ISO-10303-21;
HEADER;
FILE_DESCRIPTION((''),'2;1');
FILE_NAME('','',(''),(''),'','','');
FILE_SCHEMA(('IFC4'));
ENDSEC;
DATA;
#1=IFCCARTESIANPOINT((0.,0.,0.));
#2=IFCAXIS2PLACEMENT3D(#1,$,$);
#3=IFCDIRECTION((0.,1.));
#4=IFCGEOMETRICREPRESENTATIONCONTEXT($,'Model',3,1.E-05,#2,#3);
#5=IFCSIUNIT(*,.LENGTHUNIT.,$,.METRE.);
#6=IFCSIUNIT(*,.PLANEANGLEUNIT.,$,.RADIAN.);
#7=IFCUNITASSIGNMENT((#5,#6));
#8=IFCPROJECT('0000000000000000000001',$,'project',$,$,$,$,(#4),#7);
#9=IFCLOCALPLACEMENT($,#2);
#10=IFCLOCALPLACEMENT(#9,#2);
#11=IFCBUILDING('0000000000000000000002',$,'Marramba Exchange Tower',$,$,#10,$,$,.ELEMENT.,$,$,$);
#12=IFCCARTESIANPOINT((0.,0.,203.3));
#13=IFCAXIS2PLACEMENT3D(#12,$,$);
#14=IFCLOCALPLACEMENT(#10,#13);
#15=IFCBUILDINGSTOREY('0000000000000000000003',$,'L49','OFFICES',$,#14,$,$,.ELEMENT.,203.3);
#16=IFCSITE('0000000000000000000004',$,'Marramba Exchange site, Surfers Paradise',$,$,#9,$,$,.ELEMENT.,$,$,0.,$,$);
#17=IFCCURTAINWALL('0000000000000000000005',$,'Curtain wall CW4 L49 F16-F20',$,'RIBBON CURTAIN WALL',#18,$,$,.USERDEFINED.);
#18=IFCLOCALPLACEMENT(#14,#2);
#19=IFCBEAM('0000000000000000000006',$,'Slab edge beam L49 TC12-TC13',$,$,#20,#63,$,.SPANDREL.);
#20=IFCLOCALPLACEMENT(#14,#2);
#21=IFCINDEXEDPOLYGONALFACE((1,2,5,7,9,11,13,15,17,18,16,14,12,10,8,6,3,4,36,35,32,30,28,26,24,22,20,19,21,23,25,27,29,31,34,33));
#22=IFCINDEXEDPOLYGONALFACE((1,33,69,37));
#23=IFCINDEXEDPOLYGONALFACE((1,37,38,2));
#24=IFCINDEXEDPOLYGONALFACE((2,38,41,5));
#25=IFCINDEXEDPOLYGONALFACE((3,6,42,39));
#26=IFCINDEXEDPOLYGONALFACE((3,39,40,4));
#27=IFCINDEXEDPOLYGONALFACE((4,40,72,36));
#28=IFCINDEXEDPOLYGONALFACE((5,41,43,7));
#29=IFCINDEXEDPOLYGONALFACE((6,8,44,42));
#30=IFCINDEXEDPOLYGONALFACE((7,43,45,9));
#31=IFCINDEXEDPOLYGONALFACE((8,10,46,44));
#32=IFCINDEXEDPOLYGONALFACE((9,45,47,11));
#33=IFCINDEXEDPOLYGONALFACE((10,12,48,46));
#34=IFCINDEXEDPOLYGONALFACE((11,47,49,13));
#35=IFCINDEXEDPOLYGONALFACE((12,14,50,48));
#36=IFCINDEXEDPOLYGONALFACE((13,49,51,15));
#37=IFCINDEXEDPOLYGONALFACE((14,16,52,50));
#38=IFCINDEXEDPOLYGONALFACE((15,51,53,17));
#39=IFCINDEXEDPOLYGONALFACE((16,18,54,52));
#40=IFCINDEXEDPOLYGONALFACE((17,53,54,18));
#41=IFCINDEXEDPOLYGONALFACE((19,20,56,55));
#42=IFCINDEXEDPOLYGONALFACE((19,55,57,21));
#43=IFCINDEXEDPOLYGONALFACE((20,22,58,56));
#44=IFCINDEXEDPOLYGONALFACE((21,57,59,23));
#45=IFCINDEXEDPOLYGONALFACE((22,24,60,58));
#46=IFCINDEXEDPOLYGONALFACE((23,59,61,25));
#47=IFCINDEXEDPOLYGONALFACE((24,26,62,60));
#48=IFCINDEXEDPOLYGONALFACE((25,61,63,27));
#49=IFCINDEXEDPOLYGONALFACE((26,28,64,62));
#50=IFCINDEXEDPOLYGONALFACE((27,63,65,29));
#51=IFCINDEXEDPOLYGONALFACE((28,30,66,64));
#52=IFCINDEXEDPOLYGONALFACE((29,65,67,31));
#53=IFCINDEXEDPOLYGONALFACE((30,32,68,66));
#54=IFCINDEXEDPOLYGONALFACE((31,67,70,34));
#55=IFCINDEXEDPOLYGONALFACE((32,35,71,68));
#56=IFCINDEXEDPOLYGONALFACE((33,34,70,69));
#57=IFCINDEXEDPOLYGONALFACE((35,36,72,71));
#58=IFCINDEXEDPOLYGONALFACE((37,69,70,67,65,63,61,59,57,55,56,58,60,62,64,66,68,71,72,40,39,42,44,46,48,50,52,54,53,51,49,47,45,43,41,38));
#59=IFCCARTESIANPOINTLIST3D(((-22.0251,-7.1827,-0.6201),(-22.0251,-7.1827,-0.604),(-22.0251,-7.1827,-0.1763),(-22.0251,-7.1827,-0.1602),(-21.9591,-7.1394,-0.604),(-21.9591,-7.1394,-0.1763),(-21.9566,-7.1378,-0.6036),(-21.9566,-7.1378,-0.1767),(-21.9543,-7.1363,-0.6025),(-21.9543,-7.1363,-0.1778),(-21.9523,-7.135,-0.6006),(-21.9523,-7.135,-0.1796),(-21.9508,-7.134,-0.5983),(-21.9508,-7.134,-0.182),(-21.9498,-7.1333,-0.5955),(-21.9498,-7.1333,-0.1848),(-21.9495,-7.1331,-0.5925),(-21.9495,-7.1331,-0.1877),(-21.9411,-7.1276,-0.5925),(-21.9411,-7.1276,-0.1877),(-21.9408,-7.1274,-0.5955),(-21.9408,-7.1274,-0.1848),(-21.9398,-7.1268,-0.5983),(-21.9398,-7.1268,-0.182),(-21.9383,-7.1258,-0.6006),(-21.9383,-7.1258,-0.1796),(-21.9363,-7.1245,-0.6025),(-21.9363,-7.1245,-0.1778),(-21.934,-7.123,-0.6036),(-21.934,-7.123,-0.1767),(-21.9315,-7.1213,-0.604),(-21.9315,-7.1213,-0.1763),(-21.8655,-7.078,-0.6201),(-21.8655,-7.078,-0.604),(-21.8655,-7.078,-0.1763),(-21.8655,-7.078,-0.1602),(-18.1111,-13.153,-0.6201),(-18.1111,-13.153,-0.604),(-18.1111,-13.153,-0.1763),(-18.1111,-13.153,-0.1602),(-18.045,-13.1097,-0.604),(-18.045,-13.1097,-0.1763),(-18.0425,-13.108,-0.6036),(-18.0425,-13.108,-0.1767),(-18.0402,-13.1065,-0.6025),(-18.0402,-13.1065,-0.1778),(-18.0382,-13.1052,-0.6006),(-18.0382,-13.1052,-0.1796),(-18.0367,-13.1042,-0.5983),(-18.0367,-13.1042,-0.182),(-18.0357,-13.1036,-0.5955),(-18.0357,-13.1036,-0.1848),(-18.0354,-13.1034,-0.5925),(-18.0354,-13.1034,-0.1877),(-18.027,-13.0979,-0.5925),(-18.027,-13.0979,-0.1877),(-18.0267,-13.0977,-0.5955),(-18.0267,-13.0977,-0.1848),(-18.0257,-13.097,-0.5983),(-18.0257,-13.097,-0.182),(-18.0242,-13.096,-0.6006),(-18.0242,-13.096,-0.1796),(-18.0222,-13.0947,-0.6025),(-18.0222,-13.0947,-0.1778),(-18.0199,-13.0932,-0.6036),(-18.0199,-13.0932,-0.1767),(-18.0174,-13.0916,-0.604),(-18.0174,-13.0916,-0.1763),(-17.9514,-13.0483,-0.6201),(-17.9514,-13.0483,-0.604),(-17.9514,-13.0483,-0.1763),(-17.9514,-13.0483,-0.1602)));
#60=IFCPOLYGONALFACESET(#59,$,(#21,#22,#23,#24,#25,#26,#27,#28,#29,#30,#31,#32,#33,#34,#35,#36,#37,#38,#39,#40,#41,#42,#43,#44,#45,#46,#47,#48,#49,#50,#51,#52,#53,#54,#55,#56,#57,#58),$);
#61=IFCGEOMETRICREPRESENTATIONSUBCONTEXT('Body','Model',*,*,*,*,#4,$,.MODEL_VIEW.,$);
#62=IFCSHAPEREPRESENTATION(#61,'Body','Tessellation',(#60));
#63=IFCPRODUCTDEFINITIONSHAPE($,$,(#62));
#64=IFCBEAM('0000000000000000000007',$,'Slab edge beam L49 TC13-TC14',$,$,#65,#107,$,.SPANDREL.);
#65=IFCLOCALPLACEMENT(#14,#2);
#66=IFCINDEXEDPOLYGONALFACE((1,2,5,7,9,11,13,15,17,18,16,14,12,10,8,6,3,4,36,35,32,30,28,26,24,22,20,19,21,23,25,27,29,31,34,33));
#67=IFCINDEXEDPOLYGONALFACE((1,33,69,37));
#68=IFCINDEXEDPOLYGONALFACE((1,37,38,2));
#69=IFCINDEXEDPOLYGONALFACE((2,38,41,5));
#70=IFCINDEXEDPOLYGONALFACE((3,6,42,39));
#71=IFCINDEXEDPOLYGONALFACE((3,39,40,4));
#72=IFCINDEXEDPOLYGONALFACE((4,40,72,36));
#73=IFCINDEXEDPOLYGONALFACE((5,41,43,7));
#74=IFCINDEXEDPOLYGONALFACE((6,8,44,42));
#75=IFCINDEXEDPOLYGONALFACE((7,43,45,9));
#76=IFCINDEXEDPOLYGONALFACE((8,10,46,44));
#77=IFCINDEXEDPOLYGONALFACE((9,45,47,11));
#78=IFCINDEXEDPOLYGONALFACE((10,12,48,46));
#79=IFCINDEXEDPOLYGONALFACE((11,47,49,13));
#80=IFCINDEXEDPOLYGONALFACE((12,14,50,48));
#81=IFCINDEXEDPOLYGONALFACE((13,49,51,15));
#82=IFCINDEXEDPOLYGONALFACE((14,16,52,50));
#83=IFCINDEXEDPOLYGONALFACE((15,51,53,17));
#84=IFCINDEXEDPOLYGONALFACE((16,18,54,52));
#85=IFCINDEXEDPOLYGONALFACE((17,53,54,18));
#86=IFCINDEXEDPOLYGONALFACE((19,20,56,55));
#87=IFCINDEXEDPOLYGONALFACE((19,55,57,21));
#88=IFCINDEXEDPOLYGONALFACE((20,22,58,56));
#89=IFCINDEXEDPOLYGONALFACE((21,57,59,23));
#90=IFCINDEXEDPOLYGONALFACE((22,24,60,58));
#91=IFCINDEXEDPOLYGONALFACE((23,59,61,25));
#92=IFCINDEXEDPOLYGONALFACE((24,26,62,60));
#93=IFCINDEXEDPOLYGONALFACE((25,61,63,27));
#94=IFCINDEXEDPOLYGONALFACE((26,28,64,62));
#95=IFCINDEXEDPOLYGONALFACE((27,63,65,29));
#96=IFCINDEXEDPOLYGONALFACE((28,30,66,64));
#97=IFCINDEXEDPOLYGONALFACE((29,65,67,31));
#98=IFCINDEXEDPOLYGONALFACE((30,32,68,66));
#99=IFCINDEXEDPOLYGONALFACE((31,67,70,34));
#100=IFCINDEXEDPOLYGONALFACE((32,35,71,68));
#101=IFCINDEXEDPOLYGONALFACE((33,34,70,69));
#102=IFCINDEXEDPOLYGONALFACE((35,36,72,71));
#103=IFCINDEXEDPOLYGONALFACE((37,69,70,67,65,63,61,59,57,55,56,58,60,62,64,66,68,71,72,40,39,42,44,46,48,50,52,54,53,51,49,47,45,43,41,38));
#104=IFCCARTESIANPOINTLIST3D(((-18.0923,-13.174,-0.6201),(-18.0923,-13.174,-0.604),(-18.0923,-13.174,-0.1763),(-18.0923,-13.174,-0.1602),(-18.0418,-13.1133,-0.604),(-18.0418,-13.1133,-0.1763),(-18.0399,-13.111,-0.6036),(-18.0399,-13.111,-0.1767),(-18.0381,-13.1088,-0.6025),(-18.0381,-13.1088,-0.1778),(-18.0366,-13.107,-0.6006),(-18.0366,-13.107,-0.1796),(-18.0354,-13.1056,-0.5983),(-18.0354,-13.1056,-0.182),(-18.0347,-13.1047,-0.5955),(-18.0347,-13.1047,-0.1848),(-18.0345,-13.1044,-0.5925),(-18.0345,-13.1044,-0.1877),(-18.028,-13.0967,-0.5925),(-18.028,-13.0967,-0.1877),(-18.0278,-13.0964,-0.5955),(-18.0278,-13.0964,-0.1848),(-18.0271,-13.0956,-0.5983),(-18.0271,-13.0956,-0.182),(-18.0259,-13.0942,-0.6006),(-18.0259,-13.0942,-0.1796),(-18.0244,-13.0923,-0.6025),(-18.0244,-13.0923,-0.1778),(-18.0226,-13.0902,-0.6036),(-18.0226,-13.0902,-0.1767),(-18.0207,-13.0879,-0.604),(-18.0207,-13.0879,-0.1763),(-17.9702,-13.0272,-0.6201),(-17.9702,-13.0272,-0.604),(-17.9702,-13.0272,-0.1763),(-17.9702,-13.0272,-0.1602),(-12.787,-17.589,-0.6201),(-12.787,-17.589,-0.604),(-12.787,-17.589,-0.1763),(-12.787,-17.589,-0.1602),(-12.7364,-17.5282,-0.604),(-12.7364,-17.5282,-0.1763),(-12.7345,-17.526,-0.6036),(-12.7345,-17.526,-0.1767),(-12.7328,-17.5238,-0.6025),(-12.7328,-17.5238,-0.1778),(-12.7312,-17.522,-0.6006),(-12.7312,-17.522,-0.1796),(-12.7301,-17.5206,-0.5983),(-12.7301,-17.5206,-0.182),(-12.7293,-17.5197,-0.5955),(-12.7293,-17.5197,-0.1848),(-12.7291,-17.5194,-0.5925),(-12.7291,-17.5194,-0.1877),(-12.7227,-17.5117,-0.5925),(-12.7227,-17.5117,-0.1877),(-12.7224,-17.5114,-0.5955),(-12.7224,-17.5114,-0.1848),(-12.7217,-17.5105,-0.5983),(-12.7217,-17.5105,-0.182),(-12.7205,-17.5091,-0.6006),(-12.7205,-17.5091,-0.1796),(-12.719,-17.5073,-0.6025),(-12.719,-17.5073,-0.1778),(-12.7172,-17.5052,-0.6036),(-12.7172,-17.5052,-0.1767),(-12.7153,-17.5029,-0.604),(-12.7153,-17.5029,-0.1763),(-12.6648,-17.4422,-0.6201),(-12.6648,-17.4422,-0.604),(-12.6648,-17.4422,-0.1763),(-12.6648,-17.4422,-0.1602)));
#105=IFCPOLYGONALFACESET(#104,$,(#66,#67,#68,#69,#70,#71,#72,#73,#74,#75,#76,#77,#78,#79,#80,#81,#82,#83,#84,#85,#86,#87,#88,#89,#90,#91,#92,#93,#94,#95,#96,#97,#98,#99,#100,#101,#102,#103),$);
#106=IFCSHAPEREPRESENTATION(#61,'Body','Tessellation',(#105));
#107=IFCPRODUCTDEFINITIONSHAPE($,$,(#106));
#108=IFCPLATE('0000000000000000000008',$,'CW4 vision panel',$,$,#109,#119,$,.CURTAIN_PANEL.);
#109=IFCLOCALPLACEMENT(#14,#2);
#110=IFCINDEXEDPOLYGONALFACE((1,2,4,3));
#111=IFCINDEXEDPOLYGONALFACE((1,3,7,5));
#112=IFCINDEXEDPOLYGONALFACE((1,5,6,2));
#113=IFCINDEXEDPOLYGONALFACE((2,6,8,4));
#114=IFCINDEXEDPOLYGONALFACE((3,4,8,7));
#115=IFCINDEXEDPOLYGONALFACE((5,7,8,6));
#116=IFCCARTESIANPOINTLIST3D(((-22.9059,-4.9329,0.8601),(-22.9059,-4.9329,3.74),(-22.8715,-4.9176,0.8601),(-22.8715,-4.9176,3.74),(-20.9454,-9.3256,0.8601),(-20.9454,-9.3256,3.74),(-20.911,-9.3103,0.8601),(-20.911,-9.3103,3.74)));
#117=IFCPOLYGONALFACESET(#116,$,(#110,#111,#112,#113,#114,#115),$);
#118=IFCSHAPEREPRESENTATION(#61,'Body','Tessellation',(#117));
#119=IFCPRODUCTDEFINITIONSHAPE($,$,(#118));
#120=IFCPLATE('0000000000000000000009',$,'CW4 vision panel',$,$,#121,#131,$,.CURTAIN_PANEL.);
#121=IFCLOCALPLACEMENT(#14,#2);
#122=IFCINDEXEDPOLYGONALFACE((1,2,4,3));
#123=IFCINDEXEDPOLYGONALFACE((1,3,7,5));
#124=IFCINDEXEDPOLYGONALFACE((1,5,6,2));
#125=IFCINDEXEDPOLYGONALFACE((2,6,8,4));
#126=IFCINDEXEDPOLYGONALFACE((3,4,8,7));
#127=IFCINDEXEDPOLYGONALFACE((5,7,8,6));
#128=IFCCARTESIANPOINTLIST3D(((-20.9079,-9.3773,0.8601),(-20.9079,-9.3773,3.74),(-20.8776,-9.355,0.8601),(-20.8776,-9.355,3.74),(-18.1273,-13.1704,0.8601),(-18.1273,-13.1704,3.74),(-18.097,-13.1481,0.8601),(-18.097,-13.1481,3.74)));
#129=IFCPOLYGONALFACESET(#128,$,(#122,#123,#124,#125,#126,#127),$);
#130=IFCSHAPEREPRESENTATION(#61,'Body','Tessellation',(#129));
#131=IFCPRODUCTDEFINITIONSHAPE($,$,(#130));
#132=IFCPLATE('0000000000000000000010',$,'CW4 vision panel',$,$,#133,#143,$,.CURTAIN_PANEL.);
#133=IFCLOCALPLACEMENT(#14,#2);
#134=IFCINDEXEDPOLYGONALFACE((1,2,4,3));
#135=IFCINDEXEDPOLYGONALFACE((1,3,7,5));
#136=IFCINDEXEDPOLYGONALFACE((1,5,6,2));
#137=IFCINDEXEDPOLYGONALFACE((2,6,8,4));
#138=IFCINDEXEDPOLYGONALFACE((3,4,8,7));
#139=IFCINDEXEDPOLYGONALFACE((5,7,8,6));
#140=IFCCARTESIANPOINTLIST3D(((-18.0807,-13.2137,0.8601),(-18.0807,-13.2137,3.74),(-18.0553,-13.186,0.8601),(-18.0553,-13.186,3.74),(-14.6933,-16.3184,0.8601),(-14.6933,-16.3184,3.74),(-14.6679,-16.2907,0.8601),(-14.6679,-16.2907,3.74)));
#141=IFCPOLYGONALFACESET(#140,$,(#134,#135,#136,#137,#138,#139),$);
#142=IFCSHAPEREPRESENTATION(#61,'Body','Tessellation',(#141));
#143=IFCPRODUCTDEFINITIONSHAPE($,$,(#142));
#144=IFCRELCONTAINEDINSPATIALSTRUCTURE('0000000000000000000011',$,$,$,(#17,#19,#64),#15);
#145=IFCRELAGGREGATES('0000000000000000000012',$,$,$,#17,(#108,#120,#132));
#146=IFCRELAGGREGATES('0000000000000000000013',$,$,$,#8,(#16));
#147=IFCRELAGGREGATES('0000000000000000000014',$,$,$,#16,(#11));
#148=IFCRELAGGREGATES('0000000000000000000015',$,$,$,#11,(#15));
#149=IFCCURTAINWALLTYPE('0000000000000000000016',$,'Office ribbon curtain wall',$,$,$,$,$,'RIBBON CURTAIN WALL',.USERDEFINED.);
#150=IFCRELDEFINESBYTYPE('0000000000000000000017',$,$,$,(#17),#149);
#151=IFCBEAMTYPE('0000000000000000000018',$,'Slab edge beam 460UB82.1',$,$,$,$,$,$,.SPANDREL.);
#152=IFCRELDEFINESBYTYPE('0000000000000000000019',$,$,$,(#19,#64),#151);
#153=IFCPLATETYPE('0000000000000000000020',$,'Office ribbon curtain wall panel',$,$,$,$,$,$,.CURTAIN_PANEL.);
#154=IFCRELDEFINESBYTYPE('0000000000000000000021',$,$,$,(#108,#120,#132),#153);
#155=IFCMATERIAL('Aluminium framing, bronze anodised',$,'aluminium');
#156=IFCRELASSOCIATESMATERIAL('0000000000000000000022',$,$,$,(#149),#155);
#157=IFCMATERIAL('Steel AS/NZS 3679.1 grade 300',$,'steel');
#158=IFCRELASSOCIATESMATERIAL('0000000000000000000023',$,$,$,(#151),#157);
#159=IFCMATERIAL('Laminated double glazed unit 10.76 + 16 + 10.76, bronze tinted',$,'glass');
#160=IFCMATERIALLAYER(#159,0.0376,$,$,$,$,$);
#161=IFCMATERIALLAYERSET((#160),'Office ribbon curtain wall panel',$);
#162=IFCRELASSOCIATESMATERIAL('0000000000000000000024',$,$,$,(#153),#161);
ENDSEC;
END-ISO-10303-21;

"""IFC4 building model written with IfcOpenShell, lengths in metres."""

from ifc_helpers import new_model, si_unit, direction, frame, origin, origin_2d, place, context, subcontext, project, spatial, rectangle, i_section, extrude, material, layer, layer_set, material_profile, profile_set, type_object, element, aggregate, save


model = new_model("IFC4")

# Units and contexts
model_context = context("Model", 3, precision=1e-05, world=origin(), true_north=direction((0.0, 1.0)))
body_context = subcontext(model_context, "Body", "Model", "MODEL_VIEW")
ifc_project = project(units=[si_unit("LENGTHUNIT", "METRE"), si_unit("PLANEANGLEUNIT", "RADIAN")], contexts=[model_context])

# Site, building, storey
site_placement = place(None, origin())
site = spatial("IfcSite", under=ifc_project, at=site_placement, Name="Marramba Exchange site, Surfers Paradise", CompositionType="ELEMENT", RefElevation=0.0)
building_placement = place(site_placement, origin())
building = spatial("IfcBuilding", under=site, at=building_placement, Name="Marramba Exchange Tower", CompositionType="ELEMENT")
storey_placement = place(building_placement, frame((0.0, 0.0, 203.3)))
storey = spatial("IfcBuildingStorey", under=building, at=storey_placement, Name="L49", Description="OFFICES", CompositionType="ELEMENT", Elevation=203.3)

# Curtain wall
ifc_material_1 = material(Name="Aluminium framing, bronze anodised", Category="aluminium")
curtain_wall_type = type_object("IfcCurtainWallType", Name="Office ribbon curtain wall", ElementType="RIBBON CURTAIN WALL", PredefinedType="USERDEFINED", material=ifc_material_1)
curtain_wall_placement = place(storey_placement, origin())
curtain_wall = element("IfcCurtainWall", 1, at=curtain_wall_placement, inside=storey, type_object=curtain_wall_type, Name="Curtain wall CW4 L49 F16-F20", ObjectType="RIBBON CURTAIN WALL", PredefinedType="USERDEFINED")

# Beams
ifc_material_2 = material(Name="Steel AS/NZS 3679.1 grade 300", Category="steel")
ifc_material_profile_1 = material_profile(ifc_material_2, i_section(OverallWidth=0.1909, OverallDepth=0.46, WebThickness=0.01, FlangeThickness=0.0161, FilletRadius=0.0115, at=origin_2d()), Name="460UB82.1")
ifc_profile_set_1 = profile_set([ifc_material_profile_1], Name="Steel AS/NZS 3679.1 grade 300")
beam_type_1 = type_object("IfcBeamType", Name="Slab edge beam 460UB82.1", PredefinedType="SPANDREL", material=ifc_profile_set_1)
beam_1_placement = place(storey_placement, frame((-21.9453, -7.1304, -0.3901), z_axis=(0.548275, -0.836298, 0.0), x_axis=(0.836298, 0.548275, 0.0)))
element("IfcBeam", 2, at=beam_1_placement, inside=storey, type_object=beam_type_1, Name="Slab edge beam L49 TC12-TC13", PredefinedType="SPANDREL", context=body_context, shape_type="SweptSolid", body=[
    extrude(i_section(OverallWidth=0.1909, OverallDepth=0.46, WebThickness=0.01, FlangeThickness=0.0161, FilletRadius=0.0115, at=origin_2d()), origin(), (0.0, 0.0, 1.0), 7.1389),
])
beam_2_placement = place(storey_placement, frame((-18.0312, -13.1006, -0.3901), z_axis=(0.768659, -0.639659, 0.0), x_axis=(0.639659, 0.768659, 0.0)))
element("IfcBeam", 3, at=beam_2_placement, inside=storey, type_object=beam_type_1, Name="Slab edge beam L49 TC13-TC14", PredefinedType="SPANDREL", context=body_context, shape_type="SweptSolid", body=[
    extrude(i_section(OverallWidth=0.1909, OverallDepth=0.46, WebThickness=0.01, FlangeThickness=0.0161, FilletRadius=0.0115, at=origin_2d()), origin(), (0.0, 0.0, 1.0), 6.9021),
])

# Plates
ifc_material_3 = material(Name="Laminated double glazed unit 10.76 + 16 + 10.76, bronze tinted", Category="glass")
ifc_layer_1 = layer(ifc_material_3, 0.0376)
ifc_layer_set_1 = layer_set([ifc_layer_1], Name="Office ribbon curtain wall panel")
plate_type = type_object("IfcPlateType", Name="Office ribbon curtain wall panel", PredefinedType="CURTAIN_PANEL", material=ifc_layer_set_1)
plate_1_placement = place(storey_placement, frame((-21.9084, -7.1216, 0.8601), z_axis=(0.0, 0.0, 1.0), x_axis=(0.407558, -0.91318, 0.0)))
plate_1 = element("IfcPlate", 4, at=plate_1_placement, type_object=plate_type, Name="CW4 vision panel", PredefinedType="CURTAIN_PANEL", context=body_context, shape_type="SweptSolid", body=[
    extrude(rectangle(XDim=4.8103, YDim=0.0376, at=origin_2d()), origin(), (0.0, 0.0, 1.0), 2.8799),
])
plate_2_placement = place(storey_placement, frame((-19.5024, -11.2627, 0.8601), z_axis=(0.0, 0.0, 1.0), x_axis=(0.591223, -0.806508, 0.0)))
plate_2 = element("IfcPlate", 5, at=plate_2_placement, type_object=plate_type, Name="CW4 vision panel", PredefinedType="CURTAIN_PANEL", context=body_context, shape_type="SweptSolid", body=[
    extrude(rectangle(XDim=4.7031, YDim=0.0376, at=origin_2d()), origin(), (0.0, 0.0, 1.0), 2.8799),
])
plate_3_placement = place(storey_placement, frame((-16.3743, -14.7522, 0.8601), z_axis=(0.0, 0.0, 1.0), x_axis=(0.737203, -0.675671, 0.0)))
plate_3 = element("IfcPlate", 6, at=plate_3_placement, type_object=plate_type, Name="CW4 vision panel", PredefinedType="CURTAIN_PANEL", context=body_context, shape_type="SweptSolid", body=[
    extrude(rectangle(XDim=4.595, YDim=0.0376, at=origin_2d()), origin(), (0.0, 0.0, 1.0), 2.8799),
])
aggregate(curtain_wall, [plate_1, plate_2, plate_3])

save(model, "model.ifc")
